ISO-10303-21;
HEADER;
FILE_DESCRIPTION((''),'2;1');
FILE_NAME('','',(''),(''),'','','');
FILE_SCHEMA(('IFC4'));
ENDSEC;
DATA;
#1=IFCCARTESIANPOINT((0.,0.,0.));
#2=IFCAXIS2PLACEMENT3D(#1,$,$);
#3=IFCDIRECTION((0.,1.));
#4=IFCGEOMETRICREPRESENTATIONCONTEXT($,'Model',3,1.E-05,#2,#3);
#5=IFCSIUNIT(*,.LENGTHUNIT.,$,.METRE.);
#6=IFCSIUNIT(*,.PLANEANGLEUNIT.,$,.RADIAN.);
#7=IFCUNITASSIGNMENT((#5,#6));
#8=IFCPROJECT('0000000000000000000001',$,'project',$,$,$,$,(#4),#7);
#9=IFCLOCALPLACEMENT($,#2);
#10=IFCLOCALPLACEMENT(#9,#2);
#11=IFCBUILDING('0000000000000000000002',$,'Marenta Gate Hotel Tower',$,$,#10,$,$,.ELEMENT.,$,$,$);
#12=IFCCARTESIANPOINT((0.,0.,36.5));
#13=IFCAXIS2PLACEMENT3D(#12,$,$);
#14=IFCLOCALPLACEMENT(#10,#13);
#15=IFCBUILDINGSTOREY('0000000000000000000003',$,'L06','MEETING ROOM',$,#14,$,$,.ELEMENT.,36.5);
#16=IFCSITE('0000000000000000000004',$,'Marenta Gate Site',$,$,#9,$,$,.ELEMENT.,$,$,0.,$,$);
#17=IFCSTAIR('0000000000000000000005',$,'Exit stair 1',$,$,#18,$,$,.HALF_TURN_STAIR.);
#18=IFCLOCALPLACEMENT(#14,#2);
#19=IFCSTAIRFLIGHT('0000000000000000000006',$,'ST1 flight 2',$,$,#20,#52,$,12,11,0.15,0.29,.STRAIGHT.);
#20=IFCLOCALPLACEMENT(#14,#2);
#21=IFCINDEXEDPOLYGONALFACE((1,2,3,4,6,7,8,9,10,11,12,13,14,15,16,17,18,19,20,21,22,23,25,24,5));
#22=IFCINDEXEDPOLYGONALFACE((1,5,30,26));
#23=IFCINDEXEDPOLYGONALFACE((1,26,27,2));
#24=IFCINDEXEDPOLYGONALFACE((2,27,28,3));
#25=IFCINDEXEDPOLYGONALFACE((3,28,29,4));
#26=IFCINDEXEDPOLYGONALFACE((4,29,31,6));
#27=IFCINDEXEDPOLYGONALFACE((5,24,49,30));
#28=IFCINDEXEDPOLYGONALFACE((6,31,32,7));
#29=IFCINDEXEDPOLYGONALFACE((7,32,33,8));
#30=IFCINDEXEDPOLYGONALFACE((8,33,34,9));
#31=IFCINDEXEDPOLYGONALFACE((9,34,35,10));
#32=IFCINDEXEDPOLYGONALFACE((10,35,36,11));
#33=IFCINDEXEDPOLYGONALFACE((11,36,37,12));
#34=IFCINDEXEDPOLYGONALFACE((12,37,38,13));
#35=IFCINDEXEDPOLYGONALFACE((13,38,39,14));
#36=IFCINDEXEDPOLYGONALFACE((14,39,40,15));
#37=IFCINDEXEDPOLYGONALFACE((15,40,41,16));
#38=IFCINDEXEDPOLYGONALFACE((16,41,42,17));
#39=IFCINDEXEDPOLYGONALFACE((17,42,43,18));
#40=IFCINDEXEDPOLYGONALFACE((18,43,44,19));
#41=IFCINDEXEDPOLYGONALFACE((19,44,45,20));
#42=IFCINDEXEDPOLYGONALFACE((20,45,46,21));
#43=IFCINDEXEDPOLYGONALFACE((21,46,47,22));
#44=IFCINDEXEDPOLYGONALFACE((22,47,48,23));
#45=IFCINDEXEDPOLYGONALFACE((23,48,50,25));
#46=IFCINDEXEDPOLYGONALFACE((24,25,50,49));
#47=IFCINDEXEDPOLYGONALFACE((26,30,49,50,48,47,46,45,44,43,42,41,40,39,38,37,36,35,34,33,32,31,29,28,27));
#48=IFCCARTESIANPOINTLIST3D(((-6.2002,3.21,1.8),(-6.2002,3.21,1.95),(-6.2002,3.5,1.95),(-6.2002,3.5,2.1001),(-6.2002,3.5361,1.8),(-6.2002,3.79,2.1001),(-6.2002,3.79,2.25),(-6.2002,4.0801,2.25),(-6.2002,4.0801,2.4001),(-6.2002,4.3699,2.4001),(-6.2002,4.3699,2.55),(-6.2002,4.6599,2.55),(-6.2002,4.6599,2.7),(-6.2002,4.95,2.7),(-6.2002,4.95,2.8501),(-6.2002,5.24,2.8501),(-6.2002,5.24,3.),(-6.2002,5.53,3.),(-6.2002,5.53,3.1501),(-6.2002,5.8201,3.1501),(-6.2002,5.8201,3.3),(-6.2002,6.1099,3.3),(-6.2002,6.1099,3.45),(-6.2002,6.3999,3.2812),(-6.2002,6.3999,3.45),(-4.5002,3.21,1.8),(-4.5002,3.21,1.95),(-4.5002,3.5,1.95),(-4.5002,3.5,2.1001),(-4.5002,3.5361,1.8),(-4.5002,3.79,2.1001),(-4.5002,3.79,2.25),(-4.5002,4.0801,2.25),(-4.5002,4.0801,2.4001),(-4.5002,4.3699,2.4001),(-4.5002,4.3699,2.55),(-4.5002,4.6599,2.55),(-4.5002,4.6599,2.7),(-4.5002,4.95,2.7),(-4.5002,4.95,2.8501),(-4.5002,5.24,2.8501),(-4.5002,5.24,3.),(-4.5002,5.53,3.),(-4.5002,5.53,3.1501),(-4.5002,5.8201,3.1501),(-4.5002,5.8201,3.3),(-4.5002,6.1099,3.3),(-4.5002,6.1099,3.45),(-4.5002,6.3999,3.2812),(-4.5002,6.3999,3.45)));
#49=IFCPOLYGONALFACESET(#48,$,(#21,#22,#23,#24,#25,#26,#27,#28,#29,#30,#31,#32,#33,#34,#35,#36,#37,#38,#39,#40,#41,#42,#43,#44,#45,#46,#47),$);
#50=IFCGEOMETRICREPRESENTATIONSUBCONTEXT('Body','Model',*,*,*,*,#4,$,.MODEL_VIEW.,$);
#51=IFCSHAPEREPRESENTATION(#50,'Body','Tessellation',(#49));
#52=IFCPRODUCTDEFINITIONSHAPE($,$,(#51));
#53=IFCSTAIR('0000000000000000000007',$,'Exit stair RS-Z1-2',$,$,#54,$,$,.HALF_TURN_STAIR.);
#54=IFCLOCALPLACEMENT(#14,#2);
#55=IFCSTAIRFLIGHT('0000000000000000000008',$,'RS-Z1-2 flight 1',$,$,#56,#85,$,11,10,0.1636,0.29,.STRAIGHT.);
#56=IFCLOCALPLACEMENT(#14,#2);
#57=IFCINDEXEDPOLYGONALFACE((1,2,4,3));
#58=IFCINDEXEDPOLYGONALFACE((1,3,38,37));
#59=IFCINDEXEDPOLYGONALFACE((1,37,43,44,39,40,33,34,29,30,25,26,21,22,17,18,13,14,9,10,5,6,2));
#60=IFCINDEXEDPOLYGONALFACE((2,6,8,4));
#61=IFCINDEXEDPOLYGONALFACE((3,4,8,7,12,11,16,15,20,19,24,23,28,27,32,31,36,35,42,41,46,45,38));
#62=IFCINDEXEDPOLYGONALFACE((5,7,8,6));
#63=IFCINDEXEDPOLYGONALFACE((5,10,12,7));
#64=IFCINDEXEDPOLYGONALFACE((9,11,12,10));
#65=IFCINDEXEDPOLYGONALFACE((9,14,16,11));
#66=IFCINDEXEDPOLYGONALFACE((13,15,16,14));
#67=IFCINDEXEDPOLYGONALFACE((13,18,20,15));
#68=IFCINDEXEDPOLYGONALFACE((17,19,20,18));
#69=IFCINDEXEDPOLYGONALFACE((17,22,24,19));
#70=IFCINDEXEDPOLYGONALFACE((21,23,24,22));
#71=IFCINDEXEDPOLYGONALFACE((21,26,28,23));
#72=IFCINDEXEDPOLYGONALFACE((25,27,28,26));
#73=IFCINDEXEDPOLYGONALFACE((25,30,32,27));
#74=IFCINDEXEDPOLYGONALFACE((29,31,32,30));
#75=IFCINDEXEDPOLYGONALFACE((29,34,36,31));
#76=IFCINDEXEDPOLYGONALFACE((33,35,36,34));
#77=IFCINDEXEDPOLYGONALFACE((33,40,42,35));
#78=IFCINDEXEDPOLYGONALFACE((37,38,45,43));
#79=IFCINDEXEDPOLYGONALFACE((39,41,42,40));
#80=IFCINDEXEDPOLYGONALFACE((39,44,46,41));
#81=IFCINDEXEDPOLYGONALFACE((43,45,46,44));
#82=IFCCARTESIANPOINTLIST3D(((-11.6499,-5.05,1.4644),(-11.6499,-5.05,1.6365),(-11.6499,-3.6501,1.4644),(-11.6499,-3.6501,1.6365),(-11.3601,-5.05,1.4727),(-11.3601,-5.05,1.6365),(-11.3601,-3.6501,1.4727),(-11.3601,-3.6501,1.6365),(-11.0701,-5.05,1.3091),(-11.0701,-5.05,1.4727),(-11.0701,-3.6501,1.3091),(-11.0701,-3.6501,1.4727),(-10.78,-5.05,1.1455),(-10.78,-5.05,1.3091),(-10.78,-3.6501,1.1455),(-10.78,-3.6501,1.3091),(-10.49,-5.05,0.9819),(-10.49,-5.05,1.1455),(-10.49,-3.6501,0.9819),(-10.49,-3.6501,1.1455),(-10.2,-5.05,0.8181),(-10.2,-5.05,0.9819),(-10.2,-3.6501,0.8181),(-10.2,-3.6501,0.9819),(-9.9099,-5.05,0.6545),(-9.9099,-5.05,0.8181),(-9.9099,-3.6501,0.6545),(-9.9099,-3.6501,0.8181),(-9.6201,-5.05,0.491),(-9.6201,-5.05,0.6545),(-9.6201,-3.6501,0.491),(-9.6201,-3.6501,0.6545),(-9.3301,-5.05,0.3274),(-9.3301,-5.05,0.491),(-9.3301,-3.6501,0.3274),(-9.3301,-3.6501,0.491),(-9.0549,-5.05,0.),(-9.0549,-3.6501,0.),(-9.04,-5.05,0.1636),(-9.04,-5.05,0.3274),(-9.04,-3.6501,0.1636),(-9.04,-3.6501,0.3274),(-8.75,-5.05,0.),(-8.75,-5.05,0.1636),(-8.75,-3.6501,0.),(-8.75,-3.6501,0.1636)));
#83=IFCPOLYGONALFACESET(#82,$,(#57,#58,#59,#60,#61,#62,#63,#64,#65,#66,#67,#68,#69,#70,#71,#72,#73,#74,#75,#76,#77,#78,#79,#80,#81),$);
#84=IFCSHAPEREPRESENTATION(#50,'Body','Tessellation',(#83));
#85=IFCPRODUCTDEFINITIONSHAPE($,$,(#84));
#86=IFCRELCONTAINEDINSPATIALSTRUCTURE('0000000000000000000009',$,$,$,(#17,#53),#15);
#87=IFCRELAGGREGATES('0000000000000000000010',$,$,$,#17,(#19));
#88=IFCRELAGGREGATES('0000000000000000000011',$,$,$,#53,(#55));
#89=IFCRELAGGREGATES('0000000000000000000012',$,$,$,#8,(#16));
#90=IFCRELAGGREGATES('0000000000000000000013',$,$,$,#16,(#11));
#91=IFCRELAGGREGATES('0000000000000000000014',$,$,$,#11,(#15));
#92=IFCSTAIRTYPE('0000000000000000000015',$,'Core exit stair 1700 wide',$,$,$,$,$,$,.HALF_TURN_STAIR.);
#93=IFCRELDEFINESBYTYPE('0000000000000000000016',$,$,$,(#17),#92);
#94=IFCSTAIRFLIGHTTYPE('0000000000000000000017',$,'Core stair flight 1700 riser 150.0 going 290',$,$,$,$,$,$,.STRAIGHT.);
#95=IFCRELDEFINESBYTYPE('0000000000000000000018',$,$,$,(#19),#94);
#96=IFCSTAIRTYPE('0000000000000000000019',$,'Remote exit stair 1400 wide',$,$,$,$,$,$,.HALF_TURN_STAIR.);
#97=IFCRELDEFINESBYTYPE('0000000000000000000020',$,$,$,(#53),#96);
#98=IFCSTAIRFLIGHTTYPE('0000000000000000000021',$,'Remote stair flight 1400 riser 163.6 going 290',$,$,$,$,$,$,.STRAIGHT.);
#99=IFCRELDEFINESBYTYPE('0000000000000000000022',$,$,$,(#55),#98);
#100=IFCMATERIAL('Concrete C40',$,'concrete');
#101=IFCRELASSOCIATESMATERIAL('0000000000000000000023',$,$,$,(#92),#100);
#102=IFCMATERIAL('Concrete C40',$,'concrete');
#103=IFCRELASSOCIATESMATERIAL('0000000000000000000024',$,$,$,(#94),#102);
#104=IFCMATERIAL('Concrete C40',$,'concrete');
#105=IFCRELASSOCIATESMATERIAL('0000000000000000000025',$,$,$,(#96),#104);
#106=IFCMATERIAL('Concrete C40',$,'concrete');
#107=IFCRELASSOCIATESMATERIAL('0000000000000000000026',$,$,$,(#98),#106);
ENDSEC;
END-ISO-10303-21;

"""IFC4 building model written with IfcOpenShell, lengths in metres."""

from ifc_helpers import new_model, si_unit, direction, frame, origin, place, context, subcontext, project, spatial, polyline, outline, extrude, material, type_object, element, aggregate, save


model = new_model("IFC4")

# Units and contexts
model_context = context("Model", 3, precision=1e-05, world=origin(), true_north=direction((0.0, 1.0)))
body_context = subcontext(model_context, "Body", "Model", "MODEL_VIEW")
ifc_project = project(units=[si_unit("LENGTHUNIT", "METRE"), si_unit("PLANEANGLEUNIT", "RADIAN")], contexts=[model_context])

# Site, building, storey
site_placement = place(None, origin())
site = spatial("IfcSite", under=ifc_project, at=site_placement, Name="Marenta Gate Site", CompositionType="ELEMENT", RefElevation=0.0)
building_placement = place(site_placement, origin())
building = spatial("IfcBuilding", under=site, at=building_placement, Name="Marenta Gate Hotel Tower", CompositionType="ELEMENT")
storey_placement = place(building_placement, frame((0.0, 0.0, 36.5)))
storey = spatial("IfcBuildingStorey", under=building, at=storey_placement, Name="L06", Description="MEETING ROOM", CompositionType="ELEMENT", Elevation=36.5)

# Stairs, stair flights
ifc_material_1 = material(Name="Concrete C40", Category="concrete")
stair_type_1 = type_object("IfcStairType", Name="Core exit stair 1700 wide", PredefinedType="HALF_TURN_STAIR", material=ifc_material_1)
stair_1_placement = place(storey_placement, origin())
stair_1 = element("IfcStair", 1, at=stair_1_placement, inside=storey, type_object=stair_type_1, Name="Exit stair 1", PredefinedType="HALF_TURN_STAIR")
ifc_material_2 = material(Name="Concrete C40", Category="concrete")
stair_flight_type_1 = type_object("IfcStairFlightType", Name="Core stair flight 1700 riser 150.0 going 290", PredefinedType="STRAIGHT", material=ifc_material_2)
stair_flight_1_placement = place(storey_placement, frame((-5.3501, 3.21, 1.8), z_axis=(0.0, 0.0, 1.0), x_axis=(0.0, 1.0, 0.0)))
stair_flight_1 = element("IfcStairFlight", 2, at=stair_flight_1_placement, type_object=stair_flight_type_1, Name="ST1 flight 2", NumberOfRisers=12, NumberOfTreads=11, PredefinedType="STRAIGHT", RiserHeight=0.15, TreadLength=0.29, context=body_context, shape_type="SweptSolid", body=[
    extrude(outline(polyline([(0.0, 0.0), (0.0, 0.1499), (0.29, 0.1499), (0.29, 0.3), (0.5801, 0.3), (0.5801, 0.45), (0.8701, 0.45), (0.8701, 0.6001), (1.1599, 0.6001), (1.1599, 0.75), (1.45, 0.75), (1.45, 0.8999), (1.74, 0.8999), (1.74, 1.05), (2.03, 1.05), (2.03, 1.2), (2.3201, 1.2), (2.3201, 1.3501), (2.6101, 1.3501), (2.6101, 1.5), (2.8999, 1.5), (2.8999, 1.6499), (3.1899, 1.6499), (3.1899, 1.8), (3.1899, 1.4812), (0.3262, 0.0), (0.0, 0.0)])), frame((0.0, 0.8501, 0.0), z_axis=(0.0, -1.0, 0.0), x_axis=(1.0, 0.0, 0.0)), (0.0, 0.0, 1.0), 1.7),
])
aggregate(stair_1, [stair_flight_1])
ifc_material_3 = material(Name="Concrete C40", Category="concrete")
stair_type_2 = type_object("IfcStairType", Name="Remote exit stair 1400 wide", PredefinedType="HALF_TURN_STAIR", material=ifc_material_3)
stair_2_placement = place(storey_placement, origin())
stair_2 = element("IfcStair", 3, at=stair_2_placement, inside=storey, type_object=stair_type_2, Name="Exit stair RS-Z1-2", PredefinedType="HALF_TURN_STAIR")
ifc_material_4 = material(Name="Concrete C40", Category="concrete")
stair_flight_type_2 = type_object("IfcStairFlightType", Name="Remote stair flight 1400 riser 163.6 going 290", PredefinedType="STRAIGHT", material=ifc_material_4)
stair_flight_2_placement = place(storey_placement, frame((-8.75, -4.3501, 0.0), z_axis=(0.0, 0.0, 1.0), x_axis=(-1.0, 0.0, 0.0)))
stair_flight_2 = element("IfcStairFlight", 4, at=stair_flight_2_placement, type_object=stair_flight_type_2, Name="RS-Z1-2 flight 1", NumberOfRisers=11, NumberOfTreads=10, PredefinedType="STRAIGHT", RiserHeight=0.1636, TreadLength=0.29, context=body_context, shape_type="SweptSolid", body=[
    extrude(outline(polyline([(0.0, 0.0), (0.0, 0.1636), (0.29, 0.1636), (0.29, 0.3274), (0.5801, 0.3274), (0.5801, 0.491), (0.8701, 0.491), (0.8701, 0.6545), (1.1599, 0.6545), (1.1599, 0.8181), (1.45, 0.8181), (1.45, 0.9819), (1.74, 0.9819), (1.74, 1.1455), (2.03, 1.1455), (2.03, 1.3091), (2.3201, 1.3091), (2.3201, 1.4727), (2.6101, 1.4727), (2.6101, 1.6365), (2.8999, 1.6365), (2.8999, 1.8), (2.8999, 1.4644), (0.3049, 0.0), (0.0, 0.0)])), frame((0.0, 0.7, 0.0), z_axis=(0.0, -1.0, 0.0), x_axis=(1.0, 0.0, 0.0)), (0.0, 0.0, 1.0), 1.3999),
])
aggregate(stair_2, [stair_flight_2])

save(model, "model.ifc")
